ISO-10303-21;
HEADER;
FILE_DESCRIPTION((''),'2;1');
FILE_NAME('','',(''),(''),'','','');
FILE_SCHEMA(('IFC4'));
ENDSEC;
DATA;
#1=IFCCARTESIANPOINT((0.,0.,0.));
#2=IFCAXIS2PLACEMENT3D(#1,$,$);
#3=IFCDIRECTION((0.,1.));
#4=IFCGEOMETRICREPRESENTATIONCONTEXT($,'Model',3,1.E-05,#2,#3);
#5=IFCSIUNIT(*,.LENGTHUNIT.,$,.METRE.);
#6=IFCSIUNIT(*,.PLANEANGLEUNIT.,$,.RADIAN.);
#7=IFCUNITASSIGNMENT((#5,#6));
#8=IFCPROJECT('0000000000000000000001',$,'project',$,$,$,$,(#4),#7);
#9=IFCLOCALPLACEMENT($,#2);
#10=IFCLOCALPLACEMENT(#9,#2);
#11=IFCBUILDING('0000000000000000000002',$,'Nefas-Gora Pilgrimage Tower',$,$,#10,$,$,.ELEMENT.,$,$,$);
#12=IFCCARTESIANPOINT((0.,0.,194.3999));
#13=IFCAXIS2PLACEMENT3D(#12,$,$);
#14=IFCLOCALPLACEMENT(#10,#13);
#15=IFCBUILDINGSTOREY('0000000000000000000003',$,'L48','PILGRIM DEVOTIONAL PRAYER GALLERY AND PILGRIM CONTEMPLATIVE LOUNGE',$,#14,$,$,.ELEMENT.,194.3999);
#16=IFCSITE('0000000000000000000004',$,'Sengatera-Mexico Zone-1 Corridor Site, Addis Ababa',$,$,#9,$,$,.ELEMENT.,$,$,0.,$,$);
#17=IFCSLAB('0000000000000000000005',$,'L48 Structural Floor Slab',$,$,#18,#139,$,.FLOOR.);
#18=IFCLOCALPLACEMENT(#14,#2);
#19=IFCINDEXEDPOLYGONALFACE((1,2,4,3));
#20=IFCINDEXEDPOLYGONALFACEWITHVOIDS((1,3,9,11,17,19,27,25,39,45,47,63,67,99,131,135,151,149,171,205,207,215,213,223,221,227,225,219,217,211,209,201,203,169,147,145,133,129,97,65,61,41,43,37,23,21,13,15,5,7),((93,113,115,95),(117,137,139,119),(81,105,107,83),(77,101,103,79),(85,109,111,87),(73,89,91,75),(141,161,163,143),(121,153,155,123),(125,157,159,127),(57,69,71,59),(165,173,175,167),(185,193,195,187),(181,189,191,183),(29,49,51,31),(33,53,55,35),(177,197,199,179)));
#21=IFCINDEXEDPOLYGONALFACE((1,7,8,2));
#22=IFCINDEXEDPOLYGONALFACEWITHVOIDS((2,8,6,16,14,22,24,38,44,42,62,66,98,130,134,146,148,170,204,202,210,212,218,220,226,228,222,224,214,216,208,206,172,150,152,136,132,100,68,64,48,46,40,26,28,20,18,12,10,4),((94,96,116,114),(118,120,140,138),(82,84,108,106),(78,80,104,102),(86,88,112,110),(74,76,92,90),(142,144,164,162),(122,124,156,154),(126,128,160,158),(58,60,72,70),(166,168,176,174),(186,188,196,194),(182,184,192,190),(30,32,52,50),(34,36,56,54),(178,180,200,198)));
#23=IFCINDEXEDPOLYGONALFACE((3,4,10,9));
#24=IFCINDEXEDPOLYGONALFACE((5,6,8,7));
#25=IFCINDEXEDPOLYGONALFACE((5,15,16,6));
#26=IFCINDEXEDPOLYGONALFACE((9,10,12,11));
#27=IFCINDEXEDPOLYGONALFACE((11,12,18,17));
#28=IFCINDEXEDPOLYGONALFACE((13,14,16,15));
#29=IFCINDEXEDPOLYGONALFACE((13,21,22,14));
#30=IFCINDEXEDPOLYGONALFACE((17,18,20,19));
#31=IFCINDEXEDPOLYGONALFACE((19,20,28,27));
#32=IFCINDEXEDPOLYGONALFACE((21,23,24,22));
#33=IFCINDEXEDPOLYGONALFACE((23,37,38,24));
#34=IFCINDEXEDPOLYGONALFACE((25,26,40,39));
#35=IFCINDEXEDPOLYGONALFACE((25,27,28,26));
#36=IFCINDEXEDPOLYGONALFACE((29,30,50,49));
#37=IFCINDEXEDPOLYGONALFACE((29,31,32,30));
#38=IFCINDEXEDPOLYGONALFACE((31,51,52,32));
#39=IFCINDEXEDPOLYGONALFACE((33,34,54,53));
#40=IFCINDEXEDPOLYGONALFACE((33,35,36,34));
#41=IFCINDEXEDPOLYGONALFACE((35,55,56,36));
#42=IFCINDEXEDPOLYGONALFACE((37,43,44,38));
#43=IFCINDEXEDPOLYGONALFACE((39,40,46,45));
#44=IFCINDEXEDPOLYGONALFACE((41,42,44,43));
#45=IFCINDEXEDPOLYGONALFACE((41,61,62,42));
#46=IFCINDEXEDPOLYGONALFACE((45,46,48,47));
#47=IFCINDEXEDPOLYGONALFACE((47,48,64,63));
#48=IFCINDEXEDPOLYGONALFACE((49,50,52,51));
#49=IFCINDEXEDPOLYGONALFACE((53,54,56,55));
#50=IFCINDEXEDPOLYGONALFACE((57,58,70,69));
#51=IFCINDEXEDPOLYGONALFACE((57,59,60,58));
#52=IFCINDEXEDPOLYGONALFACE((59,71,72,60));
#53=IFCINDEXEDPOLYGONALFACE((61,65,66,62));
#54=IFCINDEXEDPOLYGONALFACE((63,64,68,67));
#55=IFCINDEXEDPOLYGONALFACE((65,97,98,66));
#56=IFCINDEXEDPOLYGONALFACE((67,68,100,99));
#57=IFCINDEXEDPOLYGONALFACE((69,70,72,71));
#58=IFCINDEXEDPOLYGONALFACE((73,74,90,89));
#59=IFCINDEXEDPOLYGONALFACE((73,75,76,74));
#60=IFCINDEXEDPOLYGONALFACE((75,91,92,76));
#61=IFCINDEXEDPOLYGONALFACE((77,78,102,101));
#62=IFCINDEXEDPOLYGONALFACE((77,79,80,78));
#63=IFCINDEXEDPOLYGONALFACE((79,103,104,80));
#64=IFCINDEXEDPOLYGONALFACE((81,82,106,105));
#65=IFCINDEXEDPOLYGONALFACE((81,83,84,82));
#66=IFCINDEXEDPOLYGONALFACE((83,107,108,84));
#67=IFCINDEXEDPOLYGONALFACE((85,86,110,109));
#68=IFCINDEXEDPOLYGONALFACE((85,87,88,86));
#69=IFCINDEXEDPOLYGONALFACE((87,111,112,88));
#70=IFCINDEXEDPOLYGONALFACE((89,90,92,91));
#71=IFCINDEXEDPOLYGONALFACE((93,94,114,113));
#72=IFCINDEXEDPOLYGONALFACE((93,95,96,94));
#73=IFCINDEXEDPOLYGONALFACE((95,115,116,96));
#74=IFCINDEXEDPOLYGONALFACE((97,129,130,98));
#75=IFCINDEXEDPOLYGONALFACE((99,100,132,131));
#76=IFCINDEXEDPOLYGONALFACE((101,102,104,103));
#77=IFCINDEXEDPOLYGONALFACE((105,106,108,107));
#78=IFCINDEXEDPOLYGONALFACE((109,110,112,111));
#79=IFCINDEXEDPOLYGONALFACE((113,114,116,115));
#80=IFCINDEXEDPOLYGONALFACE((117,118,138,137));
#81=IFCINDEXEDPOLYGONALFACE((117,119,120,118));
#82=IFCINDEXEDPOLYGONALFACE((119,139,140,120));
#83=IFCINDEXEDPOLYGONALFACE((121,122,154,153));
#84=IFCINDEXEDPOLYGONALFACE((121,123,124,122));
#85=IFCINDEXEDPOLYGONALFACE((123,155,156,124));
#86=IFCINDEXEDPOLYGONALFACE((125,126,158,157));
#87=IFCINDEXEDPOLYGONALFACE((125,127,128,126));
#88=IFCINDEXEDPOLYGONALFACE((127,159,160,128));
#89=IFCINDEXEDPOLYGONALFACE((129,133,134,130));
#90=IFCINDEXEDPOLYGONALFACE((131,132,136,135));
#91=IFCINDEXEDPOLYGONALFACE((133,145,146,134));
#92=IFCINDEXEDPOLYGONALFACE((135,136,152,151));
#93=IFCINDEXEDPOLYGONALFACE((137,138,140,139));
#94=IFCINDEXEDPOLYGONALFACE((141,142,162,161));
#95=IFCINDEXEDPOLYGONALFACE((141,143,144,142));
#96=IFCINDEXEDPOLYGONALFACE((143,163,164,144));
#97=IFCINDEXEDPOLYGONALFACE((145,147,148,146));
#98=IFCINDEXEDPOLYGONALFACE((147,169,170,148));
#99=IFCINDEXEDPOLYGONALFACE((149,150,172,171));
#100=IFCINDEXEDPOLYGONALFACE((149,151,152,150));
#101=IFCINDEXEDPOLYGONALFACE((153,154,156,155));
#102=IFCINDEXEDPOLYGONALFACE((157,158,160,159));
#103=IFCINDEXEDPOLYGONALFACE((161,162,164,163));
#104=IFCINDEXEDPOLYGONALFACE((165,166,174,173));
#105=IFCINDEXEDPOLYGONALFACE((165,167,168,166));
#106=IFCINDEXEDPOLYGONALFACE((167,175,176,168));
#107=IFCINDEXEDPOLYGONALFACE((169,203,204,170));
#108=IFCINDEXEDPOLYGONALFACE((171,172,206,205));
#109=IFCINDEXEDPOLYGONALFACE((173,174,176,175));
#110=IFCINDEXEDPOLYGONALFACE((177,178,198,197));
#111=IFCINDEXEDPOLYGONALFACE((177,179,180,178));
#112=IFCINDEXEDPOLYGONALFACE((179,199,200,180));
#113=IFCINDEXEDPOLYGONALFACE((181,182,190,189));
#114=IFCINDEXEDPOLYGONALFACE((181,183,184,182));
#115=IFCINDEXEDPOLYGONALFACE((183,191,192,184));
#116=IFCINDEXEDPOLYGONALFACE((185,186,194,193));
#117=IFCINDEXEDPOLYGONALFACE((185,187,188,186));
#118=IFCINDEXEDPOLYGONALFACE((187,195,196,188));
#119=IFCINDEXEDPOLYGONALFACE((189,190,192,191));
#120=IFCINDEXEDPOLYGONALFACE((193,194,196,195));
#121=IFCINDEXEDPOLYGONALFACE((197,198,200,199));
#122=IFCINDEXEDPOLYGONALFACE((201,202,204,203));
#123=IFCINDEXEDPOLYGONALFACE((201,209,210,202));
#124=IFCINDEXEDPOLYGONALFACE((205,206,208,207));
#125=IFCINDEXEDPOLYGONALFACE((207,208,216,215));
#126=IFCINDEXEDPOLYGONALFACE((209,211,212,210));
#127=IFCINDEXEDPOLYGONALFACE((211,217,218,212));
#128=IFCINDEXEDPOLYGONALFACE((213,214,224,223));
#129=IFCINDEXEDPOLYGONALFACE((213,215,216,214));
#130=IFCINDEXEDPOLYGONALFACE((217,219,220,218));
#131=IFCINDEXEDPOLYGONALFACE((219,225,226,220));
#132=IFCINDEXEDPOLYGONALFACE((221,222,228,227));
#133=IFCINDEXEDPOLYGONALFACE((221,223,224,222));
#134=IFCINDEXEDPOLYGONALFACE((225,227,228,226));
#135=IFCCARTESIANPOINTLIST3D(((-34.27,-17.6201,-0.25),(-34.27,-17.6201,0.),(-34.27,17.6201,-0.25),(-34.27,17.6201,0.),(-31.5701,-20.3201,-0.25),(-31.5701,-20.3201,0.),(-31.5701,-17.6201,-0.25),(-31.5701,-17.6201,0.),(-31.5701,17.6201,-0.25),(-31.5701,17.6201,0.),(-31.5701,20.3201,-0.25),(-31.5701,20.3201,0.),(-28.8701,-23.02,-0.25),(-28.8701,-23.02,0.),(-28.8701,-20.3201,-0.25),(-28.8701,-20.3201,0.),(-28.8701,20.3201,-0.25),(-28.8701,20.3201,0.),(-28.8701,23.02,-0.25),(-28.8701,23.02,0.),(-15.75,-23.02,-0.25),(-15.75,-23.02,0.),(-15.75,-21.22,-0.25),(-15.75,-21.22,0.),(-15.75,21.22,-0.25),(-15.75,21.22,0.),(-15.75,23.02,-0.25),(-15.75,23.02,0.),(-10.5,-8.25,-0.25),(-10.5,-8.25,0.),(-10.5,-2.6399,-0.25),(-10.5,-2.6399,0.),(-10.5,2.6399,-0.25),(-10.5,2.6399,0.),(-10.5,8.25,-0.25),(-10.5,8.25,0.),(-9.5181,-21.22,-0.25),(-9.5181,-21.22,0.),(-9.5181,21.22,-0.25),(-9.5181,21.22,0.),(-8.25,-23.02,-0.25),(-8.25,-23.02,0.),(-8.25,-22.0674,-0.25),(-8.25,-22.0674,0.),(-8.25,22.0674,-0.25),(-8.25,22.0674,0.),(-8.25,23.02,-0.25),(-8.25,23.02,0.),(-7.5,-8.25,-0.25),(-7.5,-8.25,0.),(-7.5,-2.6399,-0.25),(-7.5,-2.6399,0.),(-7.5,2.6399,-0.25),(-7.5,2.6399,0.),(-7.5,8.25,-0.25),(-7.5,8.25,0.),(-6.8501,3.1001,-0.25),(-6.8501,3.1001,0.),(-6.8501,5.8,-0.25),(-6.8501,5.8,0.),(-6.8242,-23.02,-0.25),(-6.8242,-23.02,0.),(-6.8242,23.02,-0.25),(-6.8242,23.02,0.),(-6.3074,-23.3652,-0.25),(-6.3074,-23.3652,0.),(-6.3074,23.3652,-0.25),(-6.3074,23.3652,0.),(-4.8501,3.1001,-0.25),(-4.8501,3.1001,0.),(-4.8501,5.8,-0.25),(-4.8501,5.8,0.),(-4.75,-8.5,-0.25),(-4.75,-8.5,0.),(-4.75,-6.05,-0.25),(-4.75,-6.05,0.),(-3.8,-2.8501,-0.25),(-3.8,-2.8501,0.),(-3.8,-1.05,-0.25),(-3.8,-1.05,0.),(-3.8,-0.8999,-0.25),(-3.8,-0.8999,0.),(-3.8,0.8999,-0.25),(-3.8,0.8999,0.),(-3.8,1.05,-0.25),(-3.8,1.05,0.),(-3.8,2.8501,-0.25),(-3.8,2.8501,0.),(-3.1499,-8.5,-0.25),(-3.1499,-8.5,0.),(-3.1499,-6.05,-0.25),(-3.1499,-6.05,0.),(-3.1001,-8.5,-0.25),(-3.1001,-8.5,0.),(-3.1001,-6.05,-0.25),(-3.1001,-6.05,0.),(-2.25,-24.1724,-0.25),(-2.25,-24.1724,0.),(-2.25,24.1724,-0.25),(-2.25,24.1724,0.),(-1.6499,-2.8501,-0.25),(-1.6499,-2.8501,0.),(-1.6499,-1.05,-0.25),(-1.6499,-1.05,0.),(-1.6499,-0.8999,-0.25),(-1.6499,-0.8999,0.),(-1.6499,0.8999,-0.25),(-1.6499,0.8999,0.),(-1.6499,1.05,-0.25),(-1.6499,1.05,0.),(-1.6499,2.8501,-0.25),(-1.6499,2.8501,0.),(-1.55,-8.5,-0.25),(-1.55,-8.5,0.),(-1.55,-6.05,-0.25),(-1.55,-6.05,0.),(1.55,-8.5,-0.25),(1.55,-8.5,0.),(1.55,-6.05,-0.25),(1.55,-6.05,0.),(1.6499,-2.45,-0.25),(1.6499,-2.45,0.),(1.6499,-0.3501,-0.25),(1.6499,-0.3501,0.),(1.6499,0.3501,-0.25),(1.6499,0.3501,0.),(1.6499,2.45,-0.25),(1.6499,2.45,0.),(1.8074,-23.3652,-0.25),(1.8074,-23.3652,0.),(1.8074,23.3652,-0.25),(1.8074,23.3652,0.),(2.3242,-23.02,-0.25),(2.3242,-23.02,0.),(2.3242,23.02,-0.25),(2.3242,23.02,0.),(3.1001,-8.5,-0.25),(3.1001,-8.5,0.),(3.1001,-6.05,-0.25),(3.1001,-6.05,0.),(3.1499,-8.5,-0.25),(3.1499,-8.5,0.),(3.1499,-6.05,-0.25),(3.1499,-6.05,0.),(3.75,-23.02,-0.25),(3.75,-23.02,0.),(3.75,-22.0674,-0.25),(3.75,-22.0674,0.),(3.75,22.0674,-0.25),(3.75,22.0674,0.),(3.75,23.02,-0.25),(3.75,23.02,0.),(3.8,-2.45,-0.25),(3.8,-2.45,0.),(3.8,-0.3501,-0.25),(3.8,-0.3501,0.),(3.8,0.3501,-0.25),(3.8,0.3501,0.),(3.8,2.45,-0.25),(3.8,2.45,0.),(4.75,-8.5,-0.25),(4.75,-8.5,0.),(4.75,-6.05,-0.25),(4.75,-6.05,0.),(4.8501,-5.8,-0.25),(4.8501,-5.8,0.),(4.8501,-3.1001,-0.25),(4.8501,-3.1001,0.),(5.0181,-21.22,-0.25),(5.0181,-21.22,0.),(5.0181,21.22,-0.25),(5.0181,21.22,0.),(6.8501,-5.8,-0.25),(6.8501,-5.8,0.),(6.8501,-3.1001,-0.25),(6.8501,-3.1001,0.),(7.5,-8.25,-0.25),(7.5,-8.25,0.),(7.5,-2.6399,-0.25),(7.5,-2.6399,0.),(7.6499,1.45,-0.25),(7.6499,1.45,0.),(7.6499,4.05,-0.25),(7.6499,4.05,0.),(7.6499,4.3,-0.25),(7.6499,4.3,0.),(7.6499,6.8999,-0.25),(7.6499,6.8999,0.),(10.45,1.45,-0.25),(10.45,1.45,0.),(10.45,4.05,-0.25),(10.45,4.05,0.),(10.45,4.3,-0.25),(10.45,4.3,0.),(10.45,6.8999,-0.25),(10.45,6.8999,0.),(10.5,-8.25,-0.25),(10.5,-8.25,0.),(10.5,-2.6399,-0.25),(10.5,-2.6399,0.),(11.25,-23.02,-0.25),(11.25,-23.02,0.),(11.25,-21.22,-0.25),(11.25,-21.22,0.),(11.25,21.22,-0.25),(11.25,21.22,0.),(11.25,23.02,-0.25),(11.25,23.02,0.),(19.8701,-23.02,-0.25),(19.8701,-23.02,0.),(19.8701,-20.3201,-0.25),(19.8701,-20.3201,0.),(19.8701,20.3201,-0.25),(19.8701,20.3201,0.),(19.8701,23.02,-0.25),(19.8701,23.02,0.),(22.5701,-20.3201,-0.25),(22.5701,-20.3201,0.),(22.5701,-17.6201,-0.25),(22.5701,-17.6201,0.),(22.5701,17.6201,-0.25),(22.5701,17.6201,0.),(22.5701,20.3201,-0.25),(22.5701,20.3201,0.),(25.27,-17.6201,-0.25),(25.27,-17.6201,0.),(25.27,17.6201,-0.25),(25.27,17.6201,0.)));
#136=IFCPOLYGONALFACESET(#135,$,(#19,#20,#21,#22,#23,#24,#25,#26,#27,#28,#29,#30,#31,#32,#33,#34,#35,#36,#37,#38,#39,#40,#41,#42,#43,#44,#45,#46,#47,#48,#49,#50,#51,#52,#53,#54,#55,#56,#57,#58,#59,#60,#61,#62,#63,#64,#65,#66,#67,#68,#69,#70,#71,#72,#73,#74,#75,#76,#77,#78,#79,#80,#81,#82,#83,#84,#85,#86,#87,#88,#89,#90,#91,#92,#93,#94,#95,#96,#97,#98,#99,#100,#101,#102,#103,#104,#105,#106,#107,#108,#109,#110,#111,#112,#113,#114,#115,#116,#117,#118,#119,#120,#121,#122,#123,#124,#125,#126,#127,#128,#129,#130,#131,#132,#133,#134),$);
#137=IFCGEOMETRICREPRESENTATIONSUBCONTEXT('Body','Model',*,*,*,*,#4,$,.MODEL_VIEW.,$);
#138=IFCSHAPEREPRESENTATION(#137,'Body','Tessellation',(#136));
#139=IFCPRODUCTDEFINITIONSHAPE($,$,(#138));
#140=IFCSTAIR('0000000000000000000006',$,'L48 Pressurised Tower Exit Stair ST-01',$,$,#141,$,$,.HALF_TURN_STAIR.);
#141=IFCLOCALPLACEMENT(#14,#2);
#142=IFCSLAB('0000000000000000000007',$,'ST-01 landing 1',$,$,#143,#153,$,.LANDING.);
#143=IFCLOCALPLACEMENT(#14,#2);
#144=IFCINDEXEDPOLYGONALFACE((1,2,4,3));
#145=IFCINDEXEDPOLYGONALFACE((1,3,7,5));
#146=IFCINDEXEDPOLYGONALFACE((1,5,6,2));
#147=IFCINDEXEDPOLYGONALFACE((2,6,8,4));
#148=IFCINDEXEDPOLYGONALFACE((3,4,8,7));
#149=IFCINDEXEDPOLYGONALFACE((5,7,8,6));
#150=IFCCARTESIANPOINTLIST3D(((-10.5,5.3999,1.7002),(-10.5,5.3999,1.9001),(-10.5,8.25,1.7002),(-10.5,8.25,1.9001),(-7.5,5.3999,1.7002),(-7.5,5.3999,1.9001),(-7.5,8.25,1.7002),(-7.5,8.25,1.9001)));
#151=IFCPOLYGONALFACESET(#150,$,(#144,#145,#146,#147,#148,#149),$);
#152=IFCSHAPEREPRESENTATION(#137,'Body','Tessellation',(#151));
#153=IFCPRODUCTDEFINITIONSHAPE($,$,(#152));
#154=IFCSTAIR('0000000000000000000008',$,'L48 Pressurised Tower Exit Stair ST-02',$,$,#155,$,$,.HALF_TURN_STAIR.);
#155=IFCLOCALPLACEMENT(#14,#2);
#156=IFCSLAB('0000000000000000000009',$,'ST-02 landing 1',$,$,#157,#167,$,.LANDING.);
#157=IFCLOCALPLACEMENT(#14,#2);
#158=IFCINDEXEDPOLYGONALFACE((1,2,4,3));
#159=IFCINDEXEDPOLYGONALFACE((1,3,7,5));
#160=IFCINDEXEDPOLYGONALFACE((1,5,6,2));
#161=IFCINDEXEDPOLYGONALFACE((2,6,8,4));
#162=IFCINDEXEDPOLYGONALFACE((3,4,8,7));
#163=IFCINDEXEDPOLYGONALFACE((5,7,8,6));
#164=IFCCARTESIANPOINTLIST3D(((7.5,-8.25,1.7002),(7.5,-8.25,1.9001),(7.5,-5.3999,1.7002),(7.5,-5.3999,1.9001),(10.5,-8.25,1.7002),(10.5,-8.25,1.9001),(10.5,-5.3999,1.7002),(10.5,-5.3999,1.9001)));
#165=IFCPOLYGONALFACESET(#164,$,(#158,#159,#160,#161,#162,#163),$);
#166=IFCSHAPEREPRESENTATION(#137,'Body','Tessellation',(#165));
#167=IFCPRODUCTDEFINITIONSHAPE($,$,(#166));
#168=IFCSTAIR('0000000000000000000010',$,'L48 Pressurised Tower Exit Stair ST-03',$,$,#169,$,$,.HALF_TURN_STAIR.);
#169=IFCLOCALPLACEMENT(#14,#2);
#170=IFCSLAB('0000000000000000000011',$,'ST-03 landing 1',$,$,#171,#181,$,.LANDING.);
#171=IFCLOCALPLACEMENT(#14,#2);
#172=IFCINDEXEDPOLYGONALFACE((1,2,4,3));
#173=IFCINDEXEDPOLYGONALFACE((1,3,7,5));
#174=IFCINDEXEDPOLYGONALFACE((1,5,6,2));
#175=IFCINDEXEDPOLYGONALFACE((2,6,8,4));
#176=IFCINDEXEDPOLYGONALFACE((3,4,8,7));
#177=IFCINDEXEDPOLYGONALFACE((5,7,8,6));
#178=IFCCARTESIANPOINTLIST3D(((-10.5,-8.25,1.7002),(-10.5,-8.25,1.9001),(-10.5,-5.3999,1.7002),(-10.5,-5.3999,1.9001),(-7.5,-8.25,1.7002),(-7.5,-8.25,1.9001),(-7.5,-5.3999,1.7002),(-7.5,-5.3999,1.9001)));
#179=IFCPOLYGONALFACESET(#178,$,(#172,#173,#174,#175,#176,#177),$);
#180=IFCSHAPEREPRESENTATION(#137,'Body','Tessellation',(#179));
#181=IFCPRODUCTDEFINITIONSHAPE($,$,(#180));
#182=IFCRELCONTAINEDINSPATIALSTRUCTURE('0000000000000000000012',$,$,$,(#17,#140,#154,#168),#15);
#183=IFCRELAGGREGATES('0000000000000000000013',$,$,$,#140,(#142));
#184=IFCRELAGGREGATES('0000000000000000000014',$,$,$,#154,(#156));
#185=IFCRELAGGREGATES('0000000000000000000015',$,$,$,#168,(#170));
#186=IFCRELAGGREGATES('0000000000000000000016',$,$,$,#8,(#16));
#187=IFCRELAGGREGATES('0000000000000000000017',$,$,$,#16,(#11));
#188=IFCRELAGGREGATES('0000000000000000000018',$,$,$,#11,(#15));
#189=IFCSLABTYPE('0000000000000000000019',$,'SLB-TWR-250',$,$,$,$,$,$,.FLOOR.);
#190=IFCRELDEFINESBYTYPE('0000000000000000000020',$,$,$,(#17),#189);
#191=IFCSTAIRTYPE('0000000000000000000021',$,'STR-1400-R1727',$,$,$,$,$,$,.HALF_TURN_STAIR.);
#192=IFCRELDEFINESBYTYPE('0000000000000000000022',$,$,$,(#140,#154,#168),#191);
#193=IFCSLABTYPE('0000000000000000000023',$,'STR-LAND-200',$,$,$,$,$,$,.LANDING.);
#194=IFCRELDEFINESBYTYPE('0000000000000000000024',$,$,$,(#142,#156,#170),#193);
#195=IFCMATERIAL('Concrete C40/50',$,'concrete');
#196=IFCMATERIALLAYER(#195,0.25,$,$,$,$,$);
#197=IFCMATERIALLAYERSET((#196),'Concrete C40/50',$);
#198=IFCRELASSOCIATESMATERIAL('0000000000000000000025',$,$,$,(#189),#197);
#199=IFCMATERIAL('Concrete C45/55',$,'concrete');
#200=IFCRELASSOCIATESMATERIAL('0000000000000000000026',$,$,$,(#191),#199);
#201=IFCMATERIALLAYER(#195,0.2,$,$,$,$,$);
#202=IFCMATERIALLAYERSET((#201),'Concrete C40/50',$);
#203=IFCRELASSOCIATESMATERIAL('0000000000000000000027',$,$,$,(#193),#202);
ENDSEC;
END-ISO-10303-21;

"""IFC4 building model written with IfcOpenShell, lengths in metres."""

from ifc_helpers import new_model, si_unit, direction, frame, origin, place, context, subcontext, project, spatial, polyline, outline, extrude, material, layer, layer_set, type_object, element, aggregate, save


model = new_model("IFC4")

# Units and contexts
model_context = context("Model", 3, precision=1e-05, world=origin(), true_north=direction((0.0, 1.0)))
body_context = subcontext(model_context, "Body", "Model", "MODEL_VIEW")
ifc_project = project(units=[si_unit("LENGTHUNIT", "METRE"), si_unit("PLANEANGLEUNIT", "RADIAN")], contexts=[model_context])

# Site, building, storey
site_placement = place(None, origin())
site = spatial("IfcSite", under=ifc_project, at=site_placement, Name="Sengatera-Mexico Zone-1 Corridor Site, Addis Ababa", CompositionType="ELEMENT", RefElevation=0.0)
building_placement = place(site_placement, origin())
building = spatial("IfcBuilding", under=site, at=building_placement, Name="Nefas-Gora Pilgrimage Tower", CompositionType="ELEMENT")
storey_placement = place(building_placement, frame((0.0, 0.0, 194.3999)))
storey = spatial("IfcBuildingStorey", under=building, at=storey_placement, Name="L48", Description="PILGRIM DEVOTIONAL PRAYER GALLERY AND PILGRIM CONTEMPLATIVE LOUNGE", CompositionType="ELEMENT", Elevation=194.3999)

# Slab
ifc_material_1 = material(Name="Concrete C40/50", Category="concrete")
ifc_layer_1 = layer(ifc_material_1, 0.25)
ifc_layer_set_1 = layer_set([ifc_layer_1], Name="Concrete C40/50")
slab_type_1 = type_object("IfcSlabType", Name="SLB-TWR-250", PredefinedType="FLOOR", material=ifc_layer_set_1)
slab_1_placement = place(storey_placement, frame((0.0, 0.0, -0.25)))
element("IfcSlab", 1, at=slab_1_placement, inside=storey, type_object=slab_type_1, Name="L48 Structural Floor Slab", PredefinedType="FLOOR", context=body_context, shape_type="SweptSolid", body=[
    extrude(outline(polyline([(5.0181, -21.22), (11.25, -21.22), (11.25, -23.02), (19.8701, -23.02), (19.8701, -20.3201), (22.5701, -20.3201), (22.5701, -17.6201), (25.27, -17.6201), (25.27, 17.6201), (22.5701, 17.6201), (22.5701, 20.3201), (19.8701, 20.3201), (19.8701, 23.02), (11.25, 23.02), (11.25, 21.22), (5.0181, 21.22), (3.75, 22.0674), (3.75, 23.02), (2.3242, 23.02), (1.8074, 23.3652), (-2.25, 24.1724), (-6.3074, 23.3652), (-6.8242, 23.02), (-8.25, 23.02), (-8.25, 22.0674), (-9.5181, 21.22), (-15.75, 21.22), (-15.75, 23.02), (-28.8701, 23.02), (-28.8701, 20.3201), (-31.5701, 20.3201), (-31.5701, 17.6201), (-34.27, 17.6201), (-34.27, -17.6201), (-31.5701, -17.6201), (-31.5701, -20.3201), (-28.8701, -20.3201), (-28.8701, -23.02), (-15.75, -23.02), (-15.75, -21.22), (-9.5181, -21.22), (-8.25, -22.0674), (-8.25, -23.02), (-6.8242, -23.02), (-6.3074, -23.3652), (-2.25, -24.1724), (1.8074, -23.3652), (2.3242, -23.02), (3.75, -23.02), (3.75, -22.0674), (5.0181, -21.22)]), holes=[polyline([(-10.5, 2.6399), (-10.5, 8.25), (-7.5, 8.25), (-7.5, 2.6399), (-10.5, 2.6399)]), polyline([(10.5, -2.6399), (10.5, -8.25), (7.5, -8.25), (7.5, -2.6399), (10.5, -2.6399)]), polyline([(-7.5, -2.6399), (-7.5, -8.25), (-10.5, -8.25), (-10.5, -2.6399), (-7.5, -2.6399)]), polyline([(-6.8501, 5.8), (-4.8501, 5.8), (-4.8501, 3.1001), (-6.8501, 3.1001), (-6.8501, 5.8)]), polyline([(4.8501, -3.1001), (6.8501, -3.1001), (6.8501, -5.8), (4.8501, -5.8), (4.8501, -3.1001)]), polyline([(7.6499, 4.05), (10.45, 4.05), (10.45, 1.45), (7.6499, 1.45), (7.6499, 4.05)]), polyline([(7.6499, 6.8999), (10.45, 6.8999), (10.45, 4.3), (7.6499, 4.3), (7.6499, 6.8999)]), polyline([(-4.75, -6.05), (-3.1499, -6.05), (-3.1499, -8.5), (-4.75, -8.5), (-4.75, -6.05)]), polyline([(-3.1001, -6.05), (-1.55, -6.05), (-1.55, -8.5), (-3.1001, -8.5), (-3.1001, -6.05)]), polyline([(1.55, -6.05), (3.1001, -6.05), (3.1001, -8.5), (1.55, -8.5), (1.55, -6.05)]), polyline([(3.1499, -6.05), (4.75, -6.05), (4.75, -8.5), (3.1499, -8.5), (3.1499, -6.05)]), polyline([(-3.8, -1.05), (-1.6499, -1.05), (-1.6499, -2.8501), (-3.8, -2.8501), (-3.8, -1.05)]), polyline([(-3.8, 0.8999), (-1.6499, 0.8999), (-1.6499, -0.8999), (-3.8, -0.8999), (-3.8, 0.8999)]), polyline([(-3.8, 2.8501), (-1.6499, 2.8501), (-1.6499, 1.05), (-3.8, 1.05), (-3.8, 2.8501)]), polyline([(1.6499, -0.3501), (3.8, -0.3501), (3.8, -2.45), (1.6499, -2.45), (1.6499, -0.3501)]), polyline([(1.6499, 2.45), (3.8, 2.45), (3.8, 0.3501), (1.6499, 0.3501), (1.6499, 2.45)])]), origin(), (0.0, 0.0, 1.0), 0.25),
])

# Stairs, slabs
ifc_material_2 = material(Name="Concrete C45/55", Category="concrete")
stair_type = type_object("IfcStairType", Name="STR-1400-R1727", PredefinedType="HALF_TURN_STAIR", material=ifc_material_2)
stair_1_placement = place(storey_placement, origin())
stair_1 = element("IfcStair", 2, at=stair_1_placement, inside=storey, type_object=stair_type, Name="L48 Pressurised Tower Exit Stair ST-01", PredefinedType="HALF_TURN_STAIR")
ifc_layer_2 = layer(ifc_material_1, 0.2)
ifc_layer_set_2 = layer_set([ifc_layer_2], Name="Concrete C40/50")
slab_type_2 = type_object("IfcSlabType", Name="STR-LAND-200", PredefinedType="LANDING", material=ifc_layer_set_2)
slab_2_placement = place(storey_placement, frame((0.0, 0.0, 1.7002)))
slab_2 = element("IfcSlab", 3, at=slab_2_placement, type_object=slab_type_2, Name="ST-01 landing 1", PredefinedType="LANDING", context=body_context, shape_type="SweptSolid", body=[
    extrude(outline(polyline([(-7.5, 5.3999), (-7.5, 8.25), (-10.5, 8.25), (-10.5, 5.3999), (-7.5, 5.3999)])), origin(), (0.0, 0.0, 1.0), 0.2),
])
aggregate(stair_1, [slab_2])
stair_2_placement = place(storey_placement, origin())
stair_2 = element("IfcStair", 4, at=stair_2_placement, inside=storey, type_object=stair_type, Name="L48 Pressurised Tower Exit Stair ST-02", PredefinedType="HALF_TURN_STAIR")
slab_3_placement = place(storey_placement, frame((0.0, 0.0, 1.7002)))
slab_3 = element("IfcSlab", 5, at=slab_3_placement, type_object=slab_type_2, Name="ST-02 landing 1", PredefinedType="LANDING", context=body_context, shape_type="SweptSolid", body=[
    extrude(outline(polyline([(7.5, -5.3999), (7.5, -8.25), (10.5, -8.25), (10.5, -5.3999), (7.5, -5.3999)])), origin(), (0.0, 0.0, 1.0), 0.2),
])
aggregate(stair_2, [slab_3])
stair_3_placement = place(storey_placement, origin())
stair_3 = element("IfcStair", 6, at=stair_3_placement, inside=storey, type_object=stair_type, Name="L48 Pressurised Tower Exit Stair ST-03", PredefinedType="HALF_TURN_STAIR")
slab_4_placement = place(storey_placement, frame((0.0, 0.0, 1.7002)))
slab_4 = element("IfcSlab", 7, at=slab_4_placement, type_object=slab_type_2, Name="ST-03 landing 1", PredefinedType="LANDING", context=body_context, shape_type="SweptSolid", body=[
    extrude(outline(polyline([(-10.5, -5.3999), (-10.5, -8.25), (-7.5, -8.25), (-7.5, -5.3999), (-10.5, -5.3999)])), origin(), (0.0, 0.0, 1.0), 0.2),
])
aggregate(stair_3, [slab_4])

save(model, "model.ifc")
